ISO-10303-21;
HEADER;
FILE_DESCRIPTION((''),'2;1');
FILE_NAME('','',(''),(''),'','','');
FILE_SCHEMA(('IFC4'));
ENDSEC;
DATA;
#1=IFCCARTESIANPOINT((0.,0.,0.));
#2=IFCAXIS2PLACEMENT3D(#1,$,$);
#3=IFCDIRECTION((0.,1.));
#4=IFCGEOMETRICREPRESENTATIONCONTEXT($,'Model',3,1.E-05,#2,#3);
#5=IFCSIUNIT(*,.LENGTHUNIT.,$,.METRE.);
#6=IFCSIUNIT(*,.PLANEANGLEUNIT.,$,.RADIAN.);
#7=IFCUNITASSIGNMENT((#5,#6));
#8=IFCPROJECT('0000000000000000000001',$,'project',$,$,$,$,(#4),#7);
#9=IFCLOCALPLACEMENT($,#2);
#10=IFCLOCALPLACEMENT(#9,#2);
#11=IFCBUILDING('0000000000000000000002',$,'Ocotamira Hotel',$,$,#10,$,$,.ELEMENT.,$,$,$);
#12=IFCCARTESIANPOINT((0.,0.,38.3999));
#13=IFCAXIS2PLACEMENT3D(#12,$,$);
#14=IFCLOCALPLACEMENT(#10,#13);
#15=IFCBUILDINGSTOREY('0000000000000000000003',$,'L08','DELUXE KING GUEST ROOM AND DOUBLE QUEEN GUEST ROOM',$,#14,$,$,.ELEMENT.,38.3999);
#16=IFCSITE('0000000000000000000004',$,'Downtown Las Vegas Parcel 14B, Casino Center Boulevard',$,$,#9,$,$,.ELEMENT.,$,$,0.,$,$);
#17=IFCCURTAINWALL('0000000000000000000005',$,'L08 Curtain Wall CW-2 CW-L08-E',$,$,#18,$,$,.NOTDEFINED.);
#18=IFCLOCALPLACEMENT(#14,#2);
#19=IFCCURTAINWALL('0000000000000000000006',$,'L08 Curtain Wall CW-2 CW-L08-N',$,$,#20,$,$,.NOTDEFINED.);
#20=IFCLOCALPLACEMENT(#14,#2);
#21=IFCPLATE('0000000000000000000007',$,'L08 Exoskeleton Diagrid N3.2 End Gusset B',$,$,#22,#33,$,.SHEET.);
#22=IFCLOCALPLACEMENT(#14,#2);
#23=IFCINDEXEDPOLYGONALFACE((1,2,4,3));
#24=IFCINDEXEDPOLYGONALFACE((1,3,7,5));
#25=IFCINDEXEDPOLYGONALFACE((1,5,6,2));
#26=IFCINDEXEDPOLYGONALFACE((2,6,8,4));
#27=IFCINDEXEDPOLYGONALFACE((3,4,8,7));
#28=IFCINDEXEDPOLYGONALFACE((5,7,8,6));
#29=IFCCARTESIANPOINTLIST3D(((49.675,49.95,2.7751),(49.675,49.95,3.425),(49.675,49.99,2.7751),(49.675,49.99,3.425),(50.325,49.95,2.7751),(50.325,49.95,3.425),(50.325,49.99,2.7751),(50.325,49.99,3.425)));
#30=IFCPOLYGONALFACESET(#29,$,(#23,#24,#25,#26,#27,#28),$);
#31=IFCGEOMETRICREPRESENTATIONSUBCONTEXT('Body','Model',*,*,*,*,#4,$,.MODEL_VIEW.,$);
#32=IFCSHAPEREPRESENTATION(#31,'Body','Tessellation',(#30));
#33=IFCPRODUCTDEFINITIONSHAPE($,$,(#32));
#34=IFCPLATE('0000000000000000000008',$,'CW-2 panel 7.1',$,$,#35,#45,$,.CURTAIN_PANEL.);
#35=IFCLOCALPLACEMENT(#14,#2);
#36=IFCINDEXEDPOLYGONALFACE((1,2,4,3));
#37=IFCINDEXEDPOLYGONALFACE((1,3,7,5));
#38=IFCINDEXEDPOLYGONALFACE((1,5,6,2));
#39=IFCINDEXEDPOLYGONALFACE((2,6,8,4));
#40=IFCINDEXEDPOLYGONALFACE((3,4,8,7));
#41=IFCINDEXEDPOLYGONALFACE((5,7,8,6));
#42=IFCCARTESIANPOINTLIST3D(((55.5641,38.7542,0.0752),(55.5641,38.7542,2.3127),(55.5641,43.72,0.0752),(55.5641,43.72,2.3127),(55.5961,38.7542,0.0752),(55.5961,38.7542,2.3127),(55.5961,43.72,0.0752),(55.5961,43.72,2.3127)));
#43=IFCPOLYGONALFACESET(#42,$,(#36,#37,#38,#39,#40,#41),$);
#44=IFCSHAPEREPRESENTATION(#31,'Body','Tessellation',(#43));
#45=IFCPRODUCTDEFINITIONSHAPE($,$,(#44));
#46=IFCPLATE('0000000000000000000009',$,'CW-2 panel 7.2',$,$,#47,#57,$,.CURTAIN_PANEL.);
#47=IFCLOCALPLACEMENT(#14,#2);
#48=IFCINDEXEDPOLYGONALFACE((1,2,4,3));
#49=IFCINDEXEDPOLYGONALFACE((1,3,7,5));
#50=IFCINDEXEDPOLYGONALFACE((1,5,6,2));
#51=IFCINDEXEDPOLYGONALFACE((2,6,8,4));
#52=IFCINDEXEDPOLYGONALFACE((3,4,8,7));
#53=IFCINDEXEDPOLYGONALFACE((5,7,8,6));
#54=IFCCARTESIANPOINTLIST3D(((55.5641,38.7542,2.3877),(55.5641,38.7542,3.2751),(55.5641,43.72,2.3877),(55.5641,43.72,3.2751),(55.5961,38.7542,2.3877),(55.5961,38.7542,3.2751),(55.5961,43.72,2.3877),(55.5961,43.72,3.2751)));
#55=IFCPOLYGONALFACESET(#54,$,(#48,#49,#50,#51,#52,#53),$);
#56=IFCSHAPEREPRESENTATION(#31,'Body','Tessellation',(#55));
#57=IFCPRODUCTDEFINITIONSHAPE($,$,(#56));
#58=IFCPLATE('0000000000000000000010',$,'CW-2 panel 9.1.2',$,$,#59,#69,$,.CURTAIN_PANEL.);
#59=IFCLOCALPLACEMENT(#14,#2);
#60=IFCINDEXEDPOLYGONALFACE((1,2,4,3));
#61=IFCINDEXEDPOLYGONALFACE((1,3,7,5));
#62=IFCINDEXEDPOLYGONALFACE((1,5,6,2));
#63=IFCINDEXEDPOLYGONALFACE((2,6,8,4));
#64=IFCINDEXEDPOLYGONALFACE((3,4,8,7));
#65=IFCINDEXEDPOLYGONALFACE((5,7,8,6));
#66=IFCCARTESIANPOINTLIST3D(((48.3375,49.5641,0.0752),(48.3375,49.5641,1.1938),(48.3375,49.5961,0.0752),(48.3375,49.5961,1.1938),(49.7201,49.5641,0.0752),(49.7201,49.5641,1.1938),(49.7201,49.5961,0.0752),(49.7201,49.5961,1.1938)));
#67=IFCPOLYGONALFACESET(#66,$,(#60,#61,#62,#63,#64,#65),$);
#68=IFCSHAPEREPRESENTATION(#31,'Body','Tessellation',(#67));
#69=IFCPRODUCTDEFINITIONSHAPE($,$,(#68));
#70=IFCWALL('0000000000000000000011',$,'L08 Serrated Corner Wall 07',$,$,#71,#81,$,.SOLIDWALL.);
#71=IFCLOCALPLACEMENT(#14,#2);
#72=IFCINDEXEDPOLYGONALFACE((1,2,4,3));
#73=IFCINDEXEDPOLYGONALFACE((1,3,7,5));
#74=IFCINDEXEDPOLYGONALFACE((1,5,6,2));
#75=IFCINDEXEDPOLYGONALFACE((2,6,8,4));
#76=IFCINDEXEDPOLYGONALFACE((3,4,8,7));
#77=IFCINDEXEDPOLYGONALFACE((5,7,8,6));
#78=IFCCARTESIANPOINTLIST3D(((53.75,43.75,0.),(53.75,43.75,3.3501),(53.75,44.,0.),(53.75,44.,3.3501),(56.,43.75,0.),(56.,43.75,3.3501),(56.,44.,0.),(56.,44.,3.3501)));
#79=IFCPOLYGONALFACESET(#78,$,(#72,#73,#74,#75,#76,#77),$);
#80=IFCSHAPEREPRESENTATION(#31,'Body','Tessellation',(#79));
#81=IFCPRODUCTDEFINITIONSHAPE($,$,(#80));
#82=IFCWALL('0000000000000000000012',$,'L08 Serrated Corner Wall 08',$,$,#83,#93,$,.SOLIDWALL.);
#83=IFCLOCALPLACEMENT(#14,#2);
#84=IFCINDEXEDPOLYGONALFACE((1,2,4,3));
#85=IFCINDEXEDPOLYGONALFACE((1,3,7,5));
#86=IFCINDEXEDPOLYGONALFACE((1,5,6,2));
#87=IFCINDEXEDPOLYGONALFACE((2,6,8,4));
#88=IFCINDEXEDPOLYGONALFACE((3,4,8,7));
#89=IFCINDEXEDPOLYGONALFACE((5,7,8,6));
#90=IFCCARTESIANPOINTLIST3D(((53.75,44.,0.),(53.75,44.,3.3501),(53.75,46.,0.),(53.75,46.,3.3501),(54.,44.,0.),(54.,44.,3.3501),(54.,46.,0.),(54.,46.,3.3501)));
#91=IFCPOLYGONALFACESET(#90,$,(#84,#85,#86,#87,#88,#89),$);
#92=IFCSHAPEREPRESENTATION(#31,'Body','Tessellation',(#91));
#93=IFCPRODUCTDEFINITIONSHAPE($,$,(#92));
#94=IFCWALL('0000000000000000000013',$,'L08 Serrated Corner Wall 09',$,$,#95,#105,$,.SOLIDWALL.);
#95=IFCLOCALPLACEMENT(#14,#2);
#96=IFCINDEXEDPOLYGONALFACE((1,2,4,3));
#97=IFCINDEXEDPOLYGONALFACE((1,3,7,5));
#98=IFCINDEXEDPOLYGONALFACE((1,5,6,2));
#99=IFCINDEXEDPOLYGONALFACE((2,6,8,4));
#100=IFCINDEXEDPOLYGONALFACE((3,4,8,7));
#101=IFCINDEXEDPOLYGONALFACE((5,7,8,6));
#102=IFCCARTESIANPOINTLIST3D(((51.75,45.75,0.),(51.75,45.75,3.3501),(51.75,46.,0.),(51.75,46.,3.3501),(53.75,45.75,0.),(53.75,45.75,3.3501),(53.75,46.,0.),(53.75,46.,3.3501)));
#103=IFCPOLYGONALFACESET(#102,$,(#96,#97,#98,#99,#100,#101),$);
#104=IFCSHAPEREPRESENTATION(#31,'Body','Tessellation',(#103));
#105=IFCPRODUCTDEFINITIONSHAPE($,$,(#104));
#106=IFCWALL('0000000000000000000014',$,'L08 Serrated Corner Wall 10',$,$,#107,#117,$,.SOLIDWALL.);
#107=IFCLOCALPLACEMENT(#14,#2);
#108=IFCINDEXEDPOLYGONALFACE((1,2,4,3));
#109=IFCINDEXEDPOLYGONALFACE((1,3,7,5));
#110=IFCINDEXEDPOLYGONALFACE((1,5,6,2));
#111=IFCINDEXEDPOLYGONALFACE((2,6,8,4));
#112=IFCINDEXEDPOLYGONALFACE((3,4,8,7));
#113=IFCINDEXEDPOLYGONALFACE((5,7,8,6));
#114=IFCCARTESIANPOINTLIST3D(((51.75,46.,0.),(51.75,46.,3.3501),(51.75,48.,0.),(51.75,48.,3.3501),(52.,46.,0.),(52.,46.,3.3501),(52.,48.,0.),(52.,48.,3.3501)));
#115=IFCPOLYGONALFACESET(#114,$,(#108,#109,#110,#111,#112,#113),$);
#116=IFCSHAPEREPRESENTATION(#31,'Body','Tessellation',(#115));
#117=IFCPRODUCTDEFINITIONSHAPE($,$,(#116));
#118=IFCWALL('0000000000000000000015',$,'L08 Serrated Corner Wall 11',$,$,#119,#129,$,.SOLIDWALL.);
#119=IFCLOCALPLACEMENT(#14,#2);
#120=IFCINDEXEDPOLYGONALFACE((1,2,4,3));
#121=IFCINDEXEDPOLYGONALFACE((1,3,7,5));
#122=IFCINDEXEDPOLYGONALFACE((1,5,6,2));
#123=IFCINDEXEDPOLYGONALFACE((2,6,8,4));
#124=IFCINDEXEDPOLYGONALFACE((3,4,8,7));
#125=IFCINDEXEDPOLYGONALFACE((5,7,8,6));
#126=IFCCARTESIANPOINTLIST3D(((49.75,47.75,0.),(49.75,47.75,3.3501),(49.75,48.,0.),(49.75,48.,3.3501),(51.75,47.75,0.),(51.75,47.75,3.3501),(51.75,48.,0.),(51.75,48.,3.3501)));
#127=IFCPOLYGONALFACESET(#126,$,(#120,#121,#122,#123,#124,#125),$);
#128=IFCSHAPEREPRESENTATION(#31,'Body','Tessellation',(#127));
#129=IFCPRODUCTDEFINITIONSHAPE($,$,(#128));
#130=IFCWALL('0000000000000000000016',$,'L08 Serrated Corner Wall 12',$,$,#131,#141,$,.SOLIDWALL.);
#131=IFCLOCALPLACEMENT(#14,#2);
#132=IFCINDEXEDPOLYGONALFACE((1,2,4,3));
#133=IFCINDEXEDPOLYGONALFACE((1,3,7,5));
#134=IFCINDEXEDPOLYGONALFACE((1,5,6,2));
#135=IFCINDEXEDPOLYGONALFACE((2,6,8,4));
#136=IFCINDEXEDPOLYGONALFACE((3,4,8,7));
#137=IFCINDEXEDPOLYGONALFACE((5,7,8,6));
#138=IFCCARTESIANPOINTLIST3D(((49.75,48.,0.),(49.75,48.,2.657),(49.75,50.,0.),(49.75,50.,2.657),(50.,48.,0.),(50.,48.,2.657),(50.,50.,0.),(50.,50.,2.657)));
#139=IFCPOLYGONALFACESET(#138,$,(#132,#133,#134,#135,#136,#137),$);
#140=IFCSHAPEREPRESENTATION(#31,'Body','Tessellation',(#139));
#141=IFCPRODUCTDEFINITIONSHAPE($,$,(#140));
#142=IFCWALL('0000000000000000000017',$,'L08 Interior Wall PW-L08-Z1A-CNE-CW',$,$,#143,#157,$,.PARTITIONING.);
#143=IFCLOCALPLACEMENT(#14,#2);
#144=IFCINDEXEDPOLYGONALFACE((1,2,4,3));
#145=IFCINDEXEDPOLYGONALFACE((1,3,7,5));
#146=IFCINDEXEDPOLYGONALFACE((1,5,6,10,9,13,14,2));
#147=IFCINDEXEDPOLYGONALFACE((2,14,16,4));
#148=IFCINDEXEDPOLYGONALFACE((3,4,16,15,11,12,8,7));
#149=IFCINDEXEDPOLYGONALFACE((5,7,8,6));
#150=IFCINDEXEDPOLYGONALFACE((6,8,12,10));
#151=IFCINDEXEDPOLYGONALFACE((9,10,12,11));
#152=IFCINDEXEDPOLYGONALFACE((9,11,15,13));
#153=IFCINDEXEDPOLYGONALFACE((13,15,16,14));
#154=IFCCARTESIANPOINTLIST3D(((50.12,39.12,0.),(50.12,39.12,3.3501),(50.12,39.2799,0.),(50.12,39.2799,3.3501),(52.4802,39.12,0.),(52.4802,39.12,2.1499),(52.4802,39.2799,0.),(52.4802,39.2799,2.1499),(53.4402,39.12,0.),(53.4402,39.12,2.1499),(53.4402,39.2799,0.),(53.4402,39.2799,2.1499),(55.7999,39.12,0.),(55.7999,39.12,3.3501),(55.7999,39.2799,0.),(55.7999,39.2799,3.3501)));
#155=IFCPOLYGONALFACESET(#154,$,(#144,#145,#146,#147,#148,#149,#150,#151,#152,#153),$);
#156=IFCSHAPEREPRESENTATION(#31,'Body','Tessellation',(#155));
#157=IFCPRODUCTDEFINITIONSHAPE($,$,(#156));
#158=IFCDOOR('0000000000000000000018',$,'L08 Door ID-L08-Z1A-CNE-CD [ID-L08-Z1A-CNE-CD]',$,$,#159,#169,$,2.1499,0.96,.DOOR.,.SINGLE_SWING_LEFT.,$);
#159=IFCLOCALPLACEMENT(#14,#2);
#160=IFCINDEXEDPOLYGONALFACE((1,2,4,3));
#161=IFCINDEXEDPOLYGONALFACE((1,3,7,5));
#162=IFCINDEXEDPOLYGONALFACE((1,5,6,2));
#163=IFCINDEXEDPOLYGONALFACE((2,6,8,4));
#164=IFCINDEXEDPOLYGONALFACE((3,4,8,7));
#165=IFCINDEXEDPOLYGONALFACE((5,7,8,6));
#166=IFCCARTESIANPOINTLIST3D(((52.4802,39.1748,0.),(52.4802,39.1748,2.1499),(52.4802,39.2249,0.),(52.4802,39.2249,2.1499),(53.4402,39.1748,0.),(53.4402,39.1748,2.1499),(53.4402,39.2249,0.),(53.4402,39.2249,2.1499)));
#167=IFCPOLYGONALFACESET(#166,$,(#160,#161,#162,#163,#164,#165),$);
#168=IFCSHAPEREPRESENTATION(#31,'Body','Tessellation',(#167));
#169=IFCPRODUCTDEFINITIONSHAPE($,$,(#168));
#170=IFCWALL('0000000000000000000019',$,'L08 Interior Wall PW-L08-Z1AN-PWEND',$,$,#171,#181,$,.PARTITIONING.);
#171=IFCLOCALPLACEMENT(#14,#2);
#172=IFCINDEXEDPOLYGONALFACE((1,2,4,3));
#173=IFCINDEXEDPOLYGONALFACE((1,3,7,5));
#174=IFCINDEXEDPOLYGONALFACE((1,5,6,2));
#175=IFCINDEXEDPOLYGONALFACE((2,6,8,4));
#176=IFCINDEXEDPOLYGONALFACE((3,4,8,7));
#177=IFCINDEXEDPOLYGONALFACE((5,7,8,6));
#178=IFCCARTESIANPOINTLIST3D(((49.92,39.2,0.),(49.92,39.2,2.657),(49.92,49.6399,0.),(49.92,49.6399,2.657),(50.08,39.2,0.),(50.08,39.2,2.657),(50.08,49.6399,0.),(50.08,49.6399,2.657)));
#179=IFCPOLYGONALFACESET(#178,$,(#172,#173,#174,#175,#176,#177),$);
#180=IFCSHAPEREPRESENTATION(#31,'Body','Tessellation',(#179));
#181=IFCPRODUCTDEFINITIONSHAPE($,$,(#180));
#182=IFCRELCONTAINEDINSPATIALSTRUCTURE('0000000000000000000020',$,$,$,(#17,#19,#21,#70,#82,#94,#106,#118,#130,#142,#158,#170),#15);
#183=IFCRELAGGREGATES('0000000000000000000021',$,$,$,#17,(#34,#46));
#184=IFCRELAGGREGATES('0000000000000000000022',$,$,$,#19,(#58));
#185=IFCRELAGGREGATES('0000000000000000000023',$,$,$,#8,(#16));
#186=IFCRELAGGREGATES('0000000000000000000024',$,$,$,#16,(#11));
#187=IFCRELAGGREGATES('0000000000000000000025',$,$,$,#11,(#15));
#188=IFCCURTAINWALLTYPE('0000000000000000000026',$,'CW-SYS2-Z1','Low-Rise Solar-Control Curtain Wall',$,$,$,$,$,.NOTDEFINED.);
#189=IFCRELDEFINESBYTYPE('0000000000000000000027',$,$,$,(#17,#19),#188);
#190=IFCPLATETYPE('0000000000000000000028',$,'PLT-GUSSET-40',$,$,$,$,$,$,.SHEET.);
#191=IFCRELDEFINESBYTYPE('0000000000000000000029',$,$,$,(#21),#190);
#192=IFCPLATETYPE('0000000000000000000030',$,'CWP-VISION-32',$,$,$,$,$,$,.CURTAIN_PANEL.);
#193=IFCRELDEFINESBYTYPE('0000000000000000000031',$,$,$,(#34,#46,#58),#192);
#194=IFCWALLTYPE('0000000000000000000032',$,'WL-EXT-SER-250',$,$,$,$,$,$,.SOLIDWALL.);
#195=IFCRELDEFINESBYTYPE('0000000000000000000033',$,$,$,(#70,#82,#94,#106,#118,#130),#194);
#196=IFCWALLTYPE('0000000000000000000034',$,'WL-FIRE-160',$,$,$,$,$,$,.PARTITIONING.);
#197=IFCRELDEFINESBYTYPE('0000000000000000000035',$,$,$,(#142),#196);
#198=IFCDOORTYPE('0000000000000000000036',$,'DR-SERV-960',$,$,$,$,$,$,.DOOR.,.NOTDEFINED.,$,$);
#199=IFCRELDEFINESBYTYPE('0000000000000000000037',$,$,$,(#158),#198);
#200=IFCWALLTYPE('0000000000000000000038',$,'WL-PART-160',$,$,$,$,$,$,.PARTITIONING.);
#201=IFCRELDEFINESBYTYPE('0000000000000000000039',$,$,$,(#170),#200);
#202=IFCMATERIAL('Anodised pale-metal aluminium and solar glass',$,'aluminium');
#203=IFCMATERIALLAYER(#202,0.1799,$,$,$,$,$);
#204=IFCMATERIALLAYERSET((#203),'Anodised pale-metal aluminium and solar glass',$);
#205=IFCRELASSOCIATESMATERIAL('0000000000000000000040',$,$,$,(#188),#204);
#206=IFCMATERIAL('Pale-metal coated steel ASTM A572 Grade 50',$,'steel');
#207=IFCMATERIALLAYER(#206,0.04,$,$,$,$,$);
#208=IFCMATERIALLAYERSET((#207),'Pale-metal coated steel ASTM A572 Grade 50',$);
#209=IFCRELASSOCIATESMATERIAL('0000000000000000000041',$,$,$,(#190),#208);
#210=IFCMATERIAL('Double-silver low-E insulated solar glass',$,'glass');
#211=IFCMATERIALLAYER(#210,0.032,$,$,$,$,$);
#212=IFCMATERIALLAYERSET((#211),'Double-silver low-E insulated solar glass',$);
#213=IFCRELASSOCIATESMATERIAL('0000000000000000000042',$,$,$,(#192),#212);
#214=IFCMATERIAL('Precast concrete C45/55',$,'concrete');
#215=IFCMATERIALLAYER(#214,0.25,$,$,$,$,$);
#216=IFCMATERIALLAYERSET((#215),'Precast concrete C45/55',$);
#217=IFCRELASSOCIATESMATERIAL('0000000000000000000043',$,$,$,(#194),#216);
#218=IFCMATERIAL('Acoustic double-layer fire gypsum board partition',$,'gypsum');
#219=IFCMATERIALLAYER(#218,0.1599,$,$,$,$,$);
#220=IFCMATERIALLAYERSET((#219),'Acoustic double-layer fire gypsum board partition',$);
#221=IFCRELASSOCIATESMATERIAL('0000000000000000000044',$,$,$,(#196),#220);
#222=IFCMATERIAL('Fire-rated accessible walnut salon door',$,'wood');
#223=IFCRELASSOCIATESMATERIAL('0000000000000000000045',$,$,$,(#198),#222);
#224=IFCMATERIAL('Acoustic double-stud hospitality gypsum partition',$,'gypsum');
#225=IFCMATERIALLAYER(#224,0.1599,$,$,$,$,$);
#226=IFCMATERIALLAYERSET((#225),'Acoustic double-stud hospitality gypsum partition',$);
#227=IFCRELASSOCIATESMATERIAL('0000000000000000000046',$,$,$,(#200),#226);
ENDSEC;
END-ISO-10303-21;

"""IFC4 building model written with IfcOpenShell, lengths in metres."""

from ifc_helpers import new_model, si_unit, direction, frame, frame_2d, origin, origin_2d, place, context, subcontext, project, spatial, rectangle, extrude, source, transform, mapped, material, layer, layer_set, type_object, element, fill, aggregate, save


model = new_model("IFC4")

# Units and contexts
model_context = context("Model", 3, precision=1e-05, world=origin(), true_north=direction((0.0, 1.0)))
body_context = subcontext(model_context, "Body", "Model", "MODEL_VIEW")
ifc_project = project(units=[si_unit("LENGTHUNIT", "METRE"), si_unit("PLANEANGLEUNIT", "RADIAN")], contexts=[model_context])

# Site, building, storey
site_placement = place(None, origin())
site = spatial("IfcSite", under=ifc_project, at=site_placement, Name="Downtown Las Vegas Parcel 14B, Casino Center Boulevard", CompositionType="ELEMENT", RefElevation=0.0)
building_placement = place(site_placement, origin())
building = spatial("IfcBuilding", under=site, at=building_placement, Name="Ocotamira Hotel", CompositionType="ELEMENT")
storey_placement = place(building_placement, frame((0.0, 0.0, 38.3999)))
storey = spatial("IfcBuildingStorey", under=building, at=storey_placement, Name="L08", Description="DELUXE KING GUEST ROOM AND DOUBLE QUEEN GUEST ROOM", CompositionType="ELEMENT", Elevation=38.3999)

# Curtain wall
ifc_material_1 = material(Name="Anodised pale-metal aluminium and solar glass", Category="aluminium")
ifc_layer_1 = layer(ifc_material_1, 0.1799)
ifc_layer_set_1 = layer_set([ifc_layer_1], Name="Anodised pale-metal aluminium and solar glass")
curtain_wall_type = type_object("IfcCurtainWallType", Name="CW-SYS2-Z1", Description="Low-Rise Solar-Control Curtain Wall", PredefinedType="NOTDEFINED", material=ifc_layer_set_1)
curtain_wall_1_placement = place(storey_placement, origin())
curtain_wall_1 = element("IfcCurtainWall", 1, at=curtain_wall_1_placement, inside=storey, type_object=curtain_wall_type, Name="L08 Curtain Wall CW-2 CW-L08-E", PredefinedType="NOTDEFINED")

# Curtain wall
curtain_wall_2_placement = place(storey_placement, origin())
curtain_wall_2 = element("IfcCurtainWall", 2, at=curtain_wall_2_placement, inside=storey, type_object=curtain_wall_type, Name="L08 Curtain Wall CW-2 CW-L08-N", PredefinedType="NOTDEFINED")

# Plates
ifc_material_2 = material(Name="Pale-metal coated steel ASTM A572 Grade 50", Category="steel")
ifc_layer_2 = layer(ifc_material_2, 0.04)
ifc_layer_set_2 = layer_set([ifc_layer_2], Name="Pale-metal coated steel ASTM A572 Grade 50")
plate_type_1 = type_object("IfcPlateType", Name="PLT-GUSSET-40", PredefinedType="SHEET", material=ifc_layer_set_2)
shared_shape_1 = source(origin(), body_context, "Body", "SweptSolid", [
    extrude(rectangle(XDim=0.6499, YDim=0.04, at=origin_2d()), origin(), (0.0, 0.0, 1.0), 0.6499),
])
plate_1_placement = place(storey_placement, frame((50.0, 49.97, 2.7751), z_axis=(0.0, 0.0, 1.0), x_axis=(1.0, 0.0, 0.0)))
element("IfcPlate", 3, at=plate_1_placement, inside=storey, type_object=plate_type_1, Name="L08 Exoskeleton Diagrid N3.2 End Gusset B", PredefinedType="SHEET", context=body_context, shape_type="MappedRepresentation", body=[
    mapped(shared_shape_1, transform((0.0, 0.0, 0.0), scale=1.0)),
])
ifc_material_3 = material(Name="Double-silver low-E insulated solar glass", Category="glass")
ifc_layer_3 = layer(ifc_material_3, 0.032)
ifc_layer_set_3 = layer_set([ifc_layer_3], Name="Double-silver low-E insulated solar glass")
plate_type_2 = type_object("IfcPlateType", Name="CWP-VISION-32", PredefinedType="CURTAIN_PANEL", material=ifc_layer_set_3)
shared_shape_2 = source(origin(), body_context, "Body", "SweptSolid", [
    extrude(rectangle(XDim=4.9658, YDim=0.032, at=origin_2d()), origin(), (0.0, 0.0, 1.0), 2.2375),
])
plate_2_placement = place(storey_placement, frame((55.5801, 41.2371, 0.0752), z_axis=(0.0, 0.0, 1.0), x_axis=(0.0, 1.0, 0.0)))
plate_2 = element("IfcPlate", 4, at=plate_2_placement, type_object=plate_type_2, Name="CW-2 panel 7.1", PredefinedType="CURTAIN_PANEL", context=body_context, shape_type="MappedRepresentation", body=[
    mapped(shared_shape_2, transform((0.0, 0.0, 0.0), scale=1.0)),
])
shared_shape_3 = source(origin(), body_context, "Body", "SweptSolid", [
    extrude(rectangle(XDim=4.9658, YDim=0.032, at=origin_2d()), origin(), (0.0, 0.0, 1.0), 0.8875),
])
plate_3_placement = place(storey_placement, frame((55.5801, 41.2371, 2.3877), z_axis=(0.0, 0.0, 1.0), x_axis=(0.0, 1.0, 0.0)))
plate_3 = element("IfcPlate", 5, at=plate_3_placement, type_object=plate_type_2, Name="CW-2 panel 7.2", PredefinedType="CURTAIN_PANEL", context=body_context, shape_type="MappedRepresentation", body=[
    mapped(shared_shape_3, transform((0.0, 0.0, 0.0), scale=1.0)),
])
aggregate(curtain_wall_1, [plate_2, plate_3])
shared_shape_4 = source(origin(), body_context, "Body", "SweptSolid", [
    extrude(rectangle(XDim=1.3826, YDim=0.032, at=origin_2d()), origin(), (0.0, 0.0, 1.0), 1.1187),
])
plate_4_placement = place(storey_placement, frame((49.0288, 49.5801, 0.0752), z_axis=(0.0, 0.0, 1.0), x_axis=(1.0, 0.0, 0.0)))
plate_4 = element("IfcPlate", 6, at=plate_4_placement, type_object=plate_type_2, Name="CW-2 panel 9.1.2", PredefinedType="CURTAIN_PANEL", context=body_context, shape_type="MappedRepresentation", body=[
    mapped(shared_shape_4, transform((0.0, 0.0, 0.0), scale=1.0)),
])
aggregate(curtain_wall_2, [plate_4])

# Walls
ifc_material_4 = material(Name="Precast concrete C45/55", Category="concrete")
ifc_layer_4 = layer(ifc_material_4, 0.25)
ifc_layer_set_4 = layer_set([ifc_layer_4], Name="Precast concrete C45/55")
wall_type_1 = type_object("IfcWallType", Name="WL-EXT-SER-250", PredefinedType="SOLIDWALL", material=ifc_layer_set_4)
wall_1_placement = place(storey_placement, frame((56.0, 43.875, 0.0), z_axis=(0.0, 0.0, 1.0), x_axis=(-1.0, 0.0, 0.0)))
element("IfcWall", 7, at=wall_1_placement, inside=storey, type_object=wall_type_1, Name="L08 Serrated Corner Wall 07", PredefinedType="SOLIDWALL", context=body_context, shape_type="SweptSolid", body=[
    extrude(rectangle(XDim=2.25, YDim=0.25, at=frame_2d((1.125, 0.0))), origin(), (0.0, 0.0, 1.0), 3.3501),
])
for number, where, z_axis, x_axis, name in (
    (8, (53.875, 44.0, 0.0), (0.0, 0.0, 1.0), (0.0, 1.0, 0.0), "L08 Serrated Corner Wall 08"),
    (9, (53.75, 45.875, 0.0), (0.0, 0.0, 1.0), (-1.0, 0.0, 0.0), "L08 Serrated Corner Wall 09"),
    (10, (51.875, 46.0, 0.0), (0.0, 0.0, 1.0), (0.0, 1.0, 0.0), "L08 Serrated Corner Wall 10"),
    (11, (51.75, 47.875, 0.0), (0.0, 0.0, 1.0), (-1.0, 0.0, 0.0), "L08 Serrated Corner Wall 11"),
):
    element("IfcWall", number, at=place(storey_placement, frame(where, z_axis=z_axis, x_axis=x_axis)), inside=storey, type_object=wall_type_1, Name=name, PredefinedType="SOLIDWALL", context=body_context, shape_type="SweptSolid", body=[
        extrude(rectangle(XDim=2.0, YDim=0.25, at=frame_2d((1.0, 0.0))), origin(), (0.0, 0.0, 1.0), 3.3501),
    ])
wall_2_placement = place(storey_placement, frame((49.875, 48.0, 0.0), z_axis=(0.0, 0.0, 1.0), x_axis=(0.0, 1.0, 0.0)))
element("IfcWall", 12, at=wall_2_placement, inside=storey, type_object=wall_type_1, Name="L08 Serrated Corner Wall 12", PredefinedType="SOLIDWALL", context=body_context, shape_type="SweptSolid", body=[
    extrude(rectangle(XDim=2.0, YDim=0.25, at=frame_2d((1.0, 0.0))), origin(), (0.0, 0.0, 1.0), 2.657),
])

# Wall, opening, door
ifc_material_5 = material(Name="Acoustic double-layer fire gypsum board partition", Category="gypsum")
ifc_layer_5 = layer(ifc_material_5, 0.1599)
ifc_layer_set_5 = layer_set([ifc_layer_5], Name="Acoustic double-layer fire gypsum board partition")
wall_type_2 = type_object("IfcWallType", Name="WL-FIRE-160", PredefinedType="PARTITIONING", material=ifc_layer_set_5)
wall_3_placement = place(storey_placement, frame((50.1201, 39.2, 0.0), z_axis=(0.0, 0.0, 1.0), x_axis=(1.0, 0.0, 0.0)))
wall_3 = element("IfcWall", 13, at=wall_3_placement, inside=storey, type_object=wall_type_2, Name="L08 Interior Wall PW-L08-Z1A-CNE-CW", PredefinedType="PARTITIONING", context=body_context, shape_type="SweptSolid", body=[
    extrude(rectangle(XDim=5.6799, YDim=0.1599, at=frame_2d((2.8398, 0.0))), origin(), (0.0, 0.0, 1.0), 3.3501),
])
opening_1_placement = place(wall_3_placement, frame((2.3601, 0.0, 0.0)))
opening_1 = element("IfcOpeningElement", 14, at=opening_1_placement, cuts=wall_3, PredefinedType="OPENING", context=body_context, shape_type="SweptSolid", body=[
    extrude(rectangle(XDim=0.96, YDim=2.1499, at=frame_2d((0.48, 1.075))), frame((0.0, 0.0898, 0.0), z_axis=(0.0, -1.0, 0.0), x_axis=(1.0, 0.0, 0.0)), (0.0, 0.0, 1.0), 0.1799),
])
ifc_material_6 = material(Name="Fire-rated accessible walnut salon door", Category="wood")
door_type_1 = type_object("IfcDoorType", Name="DR-SERV-960", OperationType="NOTDEFINED", PredefinedType="DOOR", material=ifc_material_6)
shared_shape_5 = source(origin(), body_context, "Body", "SweptSolid", [
    extrude(rectangle(XDim=0.96, YDim=2.1499, at=frame_2d((0.48, 1.075))), frame((0.0, 0.0249, 0.0), z_axis=(0.0, -1.0, 0.0), x_axis=(1.0, 0.0, 0.0)), (0.0, 0.0, 1.0), 0.05),
])
door_1_placement = place(opening_1_placement, origin())
door_1 = element("IfcDoor", 15, at=door_1_placement, inside=storey, type_object=door_type_1, Name="L08 Door ID-L08-Z1A-CNE-CD [ID-L08-Z1A-CNE-CD]", OperationType="SINGLE_SWING_LEFT", OverallHeight=2.1499, OverallWidth=0.96, PredefinedType="DOOR", context=body_context, shape_type="MappedRepresentation", body=[
    mapped(shared_shape_5, transform((0.0, 0.0, 0.0), scale=1.0)),
])
fill(opening_1, door_1)

# Wall
ifc_material_7 = material(Name="Acoustic double-stud hospitality gypsum partition", Category="gypsum")
ifc_layer_6 = layer(ifc_material_7, 0.1599)
ifc_layer_set_6 = layer_set([ifc_layer_6], Name="Acoustic double-stud hospitality gypsum partition")
wall_type_3 = type_object("IfcWallType", Name="WL-PART-160", PredefinedType="PARTITIONING", material=ifc_layer_set_6)
wall_4_placement = place(storey_placement, frame((50.0, 39.2, 0.0), z_axis=(0.0, 0.0, 1.0), x_axis=(0.0, 1.0, 0.0)))
element("IfcWall", 16, at=wall_4_placement, inside=storey, type_object=wall_type_3, Name="L08 Interior Wall PW-L08-Z1AN-PWEND", PredefinedType="PARTITIONING", context=body_context, shape_type="SweptSolid", body=[
    extrude(rectangle(XDim=10.4399, YDim=0.1599, at=frame_2d((5.22, 0.0))), origin(), (0.0, 0.0, 1.0), 2.657),
])

save(model, "model.ifc")
